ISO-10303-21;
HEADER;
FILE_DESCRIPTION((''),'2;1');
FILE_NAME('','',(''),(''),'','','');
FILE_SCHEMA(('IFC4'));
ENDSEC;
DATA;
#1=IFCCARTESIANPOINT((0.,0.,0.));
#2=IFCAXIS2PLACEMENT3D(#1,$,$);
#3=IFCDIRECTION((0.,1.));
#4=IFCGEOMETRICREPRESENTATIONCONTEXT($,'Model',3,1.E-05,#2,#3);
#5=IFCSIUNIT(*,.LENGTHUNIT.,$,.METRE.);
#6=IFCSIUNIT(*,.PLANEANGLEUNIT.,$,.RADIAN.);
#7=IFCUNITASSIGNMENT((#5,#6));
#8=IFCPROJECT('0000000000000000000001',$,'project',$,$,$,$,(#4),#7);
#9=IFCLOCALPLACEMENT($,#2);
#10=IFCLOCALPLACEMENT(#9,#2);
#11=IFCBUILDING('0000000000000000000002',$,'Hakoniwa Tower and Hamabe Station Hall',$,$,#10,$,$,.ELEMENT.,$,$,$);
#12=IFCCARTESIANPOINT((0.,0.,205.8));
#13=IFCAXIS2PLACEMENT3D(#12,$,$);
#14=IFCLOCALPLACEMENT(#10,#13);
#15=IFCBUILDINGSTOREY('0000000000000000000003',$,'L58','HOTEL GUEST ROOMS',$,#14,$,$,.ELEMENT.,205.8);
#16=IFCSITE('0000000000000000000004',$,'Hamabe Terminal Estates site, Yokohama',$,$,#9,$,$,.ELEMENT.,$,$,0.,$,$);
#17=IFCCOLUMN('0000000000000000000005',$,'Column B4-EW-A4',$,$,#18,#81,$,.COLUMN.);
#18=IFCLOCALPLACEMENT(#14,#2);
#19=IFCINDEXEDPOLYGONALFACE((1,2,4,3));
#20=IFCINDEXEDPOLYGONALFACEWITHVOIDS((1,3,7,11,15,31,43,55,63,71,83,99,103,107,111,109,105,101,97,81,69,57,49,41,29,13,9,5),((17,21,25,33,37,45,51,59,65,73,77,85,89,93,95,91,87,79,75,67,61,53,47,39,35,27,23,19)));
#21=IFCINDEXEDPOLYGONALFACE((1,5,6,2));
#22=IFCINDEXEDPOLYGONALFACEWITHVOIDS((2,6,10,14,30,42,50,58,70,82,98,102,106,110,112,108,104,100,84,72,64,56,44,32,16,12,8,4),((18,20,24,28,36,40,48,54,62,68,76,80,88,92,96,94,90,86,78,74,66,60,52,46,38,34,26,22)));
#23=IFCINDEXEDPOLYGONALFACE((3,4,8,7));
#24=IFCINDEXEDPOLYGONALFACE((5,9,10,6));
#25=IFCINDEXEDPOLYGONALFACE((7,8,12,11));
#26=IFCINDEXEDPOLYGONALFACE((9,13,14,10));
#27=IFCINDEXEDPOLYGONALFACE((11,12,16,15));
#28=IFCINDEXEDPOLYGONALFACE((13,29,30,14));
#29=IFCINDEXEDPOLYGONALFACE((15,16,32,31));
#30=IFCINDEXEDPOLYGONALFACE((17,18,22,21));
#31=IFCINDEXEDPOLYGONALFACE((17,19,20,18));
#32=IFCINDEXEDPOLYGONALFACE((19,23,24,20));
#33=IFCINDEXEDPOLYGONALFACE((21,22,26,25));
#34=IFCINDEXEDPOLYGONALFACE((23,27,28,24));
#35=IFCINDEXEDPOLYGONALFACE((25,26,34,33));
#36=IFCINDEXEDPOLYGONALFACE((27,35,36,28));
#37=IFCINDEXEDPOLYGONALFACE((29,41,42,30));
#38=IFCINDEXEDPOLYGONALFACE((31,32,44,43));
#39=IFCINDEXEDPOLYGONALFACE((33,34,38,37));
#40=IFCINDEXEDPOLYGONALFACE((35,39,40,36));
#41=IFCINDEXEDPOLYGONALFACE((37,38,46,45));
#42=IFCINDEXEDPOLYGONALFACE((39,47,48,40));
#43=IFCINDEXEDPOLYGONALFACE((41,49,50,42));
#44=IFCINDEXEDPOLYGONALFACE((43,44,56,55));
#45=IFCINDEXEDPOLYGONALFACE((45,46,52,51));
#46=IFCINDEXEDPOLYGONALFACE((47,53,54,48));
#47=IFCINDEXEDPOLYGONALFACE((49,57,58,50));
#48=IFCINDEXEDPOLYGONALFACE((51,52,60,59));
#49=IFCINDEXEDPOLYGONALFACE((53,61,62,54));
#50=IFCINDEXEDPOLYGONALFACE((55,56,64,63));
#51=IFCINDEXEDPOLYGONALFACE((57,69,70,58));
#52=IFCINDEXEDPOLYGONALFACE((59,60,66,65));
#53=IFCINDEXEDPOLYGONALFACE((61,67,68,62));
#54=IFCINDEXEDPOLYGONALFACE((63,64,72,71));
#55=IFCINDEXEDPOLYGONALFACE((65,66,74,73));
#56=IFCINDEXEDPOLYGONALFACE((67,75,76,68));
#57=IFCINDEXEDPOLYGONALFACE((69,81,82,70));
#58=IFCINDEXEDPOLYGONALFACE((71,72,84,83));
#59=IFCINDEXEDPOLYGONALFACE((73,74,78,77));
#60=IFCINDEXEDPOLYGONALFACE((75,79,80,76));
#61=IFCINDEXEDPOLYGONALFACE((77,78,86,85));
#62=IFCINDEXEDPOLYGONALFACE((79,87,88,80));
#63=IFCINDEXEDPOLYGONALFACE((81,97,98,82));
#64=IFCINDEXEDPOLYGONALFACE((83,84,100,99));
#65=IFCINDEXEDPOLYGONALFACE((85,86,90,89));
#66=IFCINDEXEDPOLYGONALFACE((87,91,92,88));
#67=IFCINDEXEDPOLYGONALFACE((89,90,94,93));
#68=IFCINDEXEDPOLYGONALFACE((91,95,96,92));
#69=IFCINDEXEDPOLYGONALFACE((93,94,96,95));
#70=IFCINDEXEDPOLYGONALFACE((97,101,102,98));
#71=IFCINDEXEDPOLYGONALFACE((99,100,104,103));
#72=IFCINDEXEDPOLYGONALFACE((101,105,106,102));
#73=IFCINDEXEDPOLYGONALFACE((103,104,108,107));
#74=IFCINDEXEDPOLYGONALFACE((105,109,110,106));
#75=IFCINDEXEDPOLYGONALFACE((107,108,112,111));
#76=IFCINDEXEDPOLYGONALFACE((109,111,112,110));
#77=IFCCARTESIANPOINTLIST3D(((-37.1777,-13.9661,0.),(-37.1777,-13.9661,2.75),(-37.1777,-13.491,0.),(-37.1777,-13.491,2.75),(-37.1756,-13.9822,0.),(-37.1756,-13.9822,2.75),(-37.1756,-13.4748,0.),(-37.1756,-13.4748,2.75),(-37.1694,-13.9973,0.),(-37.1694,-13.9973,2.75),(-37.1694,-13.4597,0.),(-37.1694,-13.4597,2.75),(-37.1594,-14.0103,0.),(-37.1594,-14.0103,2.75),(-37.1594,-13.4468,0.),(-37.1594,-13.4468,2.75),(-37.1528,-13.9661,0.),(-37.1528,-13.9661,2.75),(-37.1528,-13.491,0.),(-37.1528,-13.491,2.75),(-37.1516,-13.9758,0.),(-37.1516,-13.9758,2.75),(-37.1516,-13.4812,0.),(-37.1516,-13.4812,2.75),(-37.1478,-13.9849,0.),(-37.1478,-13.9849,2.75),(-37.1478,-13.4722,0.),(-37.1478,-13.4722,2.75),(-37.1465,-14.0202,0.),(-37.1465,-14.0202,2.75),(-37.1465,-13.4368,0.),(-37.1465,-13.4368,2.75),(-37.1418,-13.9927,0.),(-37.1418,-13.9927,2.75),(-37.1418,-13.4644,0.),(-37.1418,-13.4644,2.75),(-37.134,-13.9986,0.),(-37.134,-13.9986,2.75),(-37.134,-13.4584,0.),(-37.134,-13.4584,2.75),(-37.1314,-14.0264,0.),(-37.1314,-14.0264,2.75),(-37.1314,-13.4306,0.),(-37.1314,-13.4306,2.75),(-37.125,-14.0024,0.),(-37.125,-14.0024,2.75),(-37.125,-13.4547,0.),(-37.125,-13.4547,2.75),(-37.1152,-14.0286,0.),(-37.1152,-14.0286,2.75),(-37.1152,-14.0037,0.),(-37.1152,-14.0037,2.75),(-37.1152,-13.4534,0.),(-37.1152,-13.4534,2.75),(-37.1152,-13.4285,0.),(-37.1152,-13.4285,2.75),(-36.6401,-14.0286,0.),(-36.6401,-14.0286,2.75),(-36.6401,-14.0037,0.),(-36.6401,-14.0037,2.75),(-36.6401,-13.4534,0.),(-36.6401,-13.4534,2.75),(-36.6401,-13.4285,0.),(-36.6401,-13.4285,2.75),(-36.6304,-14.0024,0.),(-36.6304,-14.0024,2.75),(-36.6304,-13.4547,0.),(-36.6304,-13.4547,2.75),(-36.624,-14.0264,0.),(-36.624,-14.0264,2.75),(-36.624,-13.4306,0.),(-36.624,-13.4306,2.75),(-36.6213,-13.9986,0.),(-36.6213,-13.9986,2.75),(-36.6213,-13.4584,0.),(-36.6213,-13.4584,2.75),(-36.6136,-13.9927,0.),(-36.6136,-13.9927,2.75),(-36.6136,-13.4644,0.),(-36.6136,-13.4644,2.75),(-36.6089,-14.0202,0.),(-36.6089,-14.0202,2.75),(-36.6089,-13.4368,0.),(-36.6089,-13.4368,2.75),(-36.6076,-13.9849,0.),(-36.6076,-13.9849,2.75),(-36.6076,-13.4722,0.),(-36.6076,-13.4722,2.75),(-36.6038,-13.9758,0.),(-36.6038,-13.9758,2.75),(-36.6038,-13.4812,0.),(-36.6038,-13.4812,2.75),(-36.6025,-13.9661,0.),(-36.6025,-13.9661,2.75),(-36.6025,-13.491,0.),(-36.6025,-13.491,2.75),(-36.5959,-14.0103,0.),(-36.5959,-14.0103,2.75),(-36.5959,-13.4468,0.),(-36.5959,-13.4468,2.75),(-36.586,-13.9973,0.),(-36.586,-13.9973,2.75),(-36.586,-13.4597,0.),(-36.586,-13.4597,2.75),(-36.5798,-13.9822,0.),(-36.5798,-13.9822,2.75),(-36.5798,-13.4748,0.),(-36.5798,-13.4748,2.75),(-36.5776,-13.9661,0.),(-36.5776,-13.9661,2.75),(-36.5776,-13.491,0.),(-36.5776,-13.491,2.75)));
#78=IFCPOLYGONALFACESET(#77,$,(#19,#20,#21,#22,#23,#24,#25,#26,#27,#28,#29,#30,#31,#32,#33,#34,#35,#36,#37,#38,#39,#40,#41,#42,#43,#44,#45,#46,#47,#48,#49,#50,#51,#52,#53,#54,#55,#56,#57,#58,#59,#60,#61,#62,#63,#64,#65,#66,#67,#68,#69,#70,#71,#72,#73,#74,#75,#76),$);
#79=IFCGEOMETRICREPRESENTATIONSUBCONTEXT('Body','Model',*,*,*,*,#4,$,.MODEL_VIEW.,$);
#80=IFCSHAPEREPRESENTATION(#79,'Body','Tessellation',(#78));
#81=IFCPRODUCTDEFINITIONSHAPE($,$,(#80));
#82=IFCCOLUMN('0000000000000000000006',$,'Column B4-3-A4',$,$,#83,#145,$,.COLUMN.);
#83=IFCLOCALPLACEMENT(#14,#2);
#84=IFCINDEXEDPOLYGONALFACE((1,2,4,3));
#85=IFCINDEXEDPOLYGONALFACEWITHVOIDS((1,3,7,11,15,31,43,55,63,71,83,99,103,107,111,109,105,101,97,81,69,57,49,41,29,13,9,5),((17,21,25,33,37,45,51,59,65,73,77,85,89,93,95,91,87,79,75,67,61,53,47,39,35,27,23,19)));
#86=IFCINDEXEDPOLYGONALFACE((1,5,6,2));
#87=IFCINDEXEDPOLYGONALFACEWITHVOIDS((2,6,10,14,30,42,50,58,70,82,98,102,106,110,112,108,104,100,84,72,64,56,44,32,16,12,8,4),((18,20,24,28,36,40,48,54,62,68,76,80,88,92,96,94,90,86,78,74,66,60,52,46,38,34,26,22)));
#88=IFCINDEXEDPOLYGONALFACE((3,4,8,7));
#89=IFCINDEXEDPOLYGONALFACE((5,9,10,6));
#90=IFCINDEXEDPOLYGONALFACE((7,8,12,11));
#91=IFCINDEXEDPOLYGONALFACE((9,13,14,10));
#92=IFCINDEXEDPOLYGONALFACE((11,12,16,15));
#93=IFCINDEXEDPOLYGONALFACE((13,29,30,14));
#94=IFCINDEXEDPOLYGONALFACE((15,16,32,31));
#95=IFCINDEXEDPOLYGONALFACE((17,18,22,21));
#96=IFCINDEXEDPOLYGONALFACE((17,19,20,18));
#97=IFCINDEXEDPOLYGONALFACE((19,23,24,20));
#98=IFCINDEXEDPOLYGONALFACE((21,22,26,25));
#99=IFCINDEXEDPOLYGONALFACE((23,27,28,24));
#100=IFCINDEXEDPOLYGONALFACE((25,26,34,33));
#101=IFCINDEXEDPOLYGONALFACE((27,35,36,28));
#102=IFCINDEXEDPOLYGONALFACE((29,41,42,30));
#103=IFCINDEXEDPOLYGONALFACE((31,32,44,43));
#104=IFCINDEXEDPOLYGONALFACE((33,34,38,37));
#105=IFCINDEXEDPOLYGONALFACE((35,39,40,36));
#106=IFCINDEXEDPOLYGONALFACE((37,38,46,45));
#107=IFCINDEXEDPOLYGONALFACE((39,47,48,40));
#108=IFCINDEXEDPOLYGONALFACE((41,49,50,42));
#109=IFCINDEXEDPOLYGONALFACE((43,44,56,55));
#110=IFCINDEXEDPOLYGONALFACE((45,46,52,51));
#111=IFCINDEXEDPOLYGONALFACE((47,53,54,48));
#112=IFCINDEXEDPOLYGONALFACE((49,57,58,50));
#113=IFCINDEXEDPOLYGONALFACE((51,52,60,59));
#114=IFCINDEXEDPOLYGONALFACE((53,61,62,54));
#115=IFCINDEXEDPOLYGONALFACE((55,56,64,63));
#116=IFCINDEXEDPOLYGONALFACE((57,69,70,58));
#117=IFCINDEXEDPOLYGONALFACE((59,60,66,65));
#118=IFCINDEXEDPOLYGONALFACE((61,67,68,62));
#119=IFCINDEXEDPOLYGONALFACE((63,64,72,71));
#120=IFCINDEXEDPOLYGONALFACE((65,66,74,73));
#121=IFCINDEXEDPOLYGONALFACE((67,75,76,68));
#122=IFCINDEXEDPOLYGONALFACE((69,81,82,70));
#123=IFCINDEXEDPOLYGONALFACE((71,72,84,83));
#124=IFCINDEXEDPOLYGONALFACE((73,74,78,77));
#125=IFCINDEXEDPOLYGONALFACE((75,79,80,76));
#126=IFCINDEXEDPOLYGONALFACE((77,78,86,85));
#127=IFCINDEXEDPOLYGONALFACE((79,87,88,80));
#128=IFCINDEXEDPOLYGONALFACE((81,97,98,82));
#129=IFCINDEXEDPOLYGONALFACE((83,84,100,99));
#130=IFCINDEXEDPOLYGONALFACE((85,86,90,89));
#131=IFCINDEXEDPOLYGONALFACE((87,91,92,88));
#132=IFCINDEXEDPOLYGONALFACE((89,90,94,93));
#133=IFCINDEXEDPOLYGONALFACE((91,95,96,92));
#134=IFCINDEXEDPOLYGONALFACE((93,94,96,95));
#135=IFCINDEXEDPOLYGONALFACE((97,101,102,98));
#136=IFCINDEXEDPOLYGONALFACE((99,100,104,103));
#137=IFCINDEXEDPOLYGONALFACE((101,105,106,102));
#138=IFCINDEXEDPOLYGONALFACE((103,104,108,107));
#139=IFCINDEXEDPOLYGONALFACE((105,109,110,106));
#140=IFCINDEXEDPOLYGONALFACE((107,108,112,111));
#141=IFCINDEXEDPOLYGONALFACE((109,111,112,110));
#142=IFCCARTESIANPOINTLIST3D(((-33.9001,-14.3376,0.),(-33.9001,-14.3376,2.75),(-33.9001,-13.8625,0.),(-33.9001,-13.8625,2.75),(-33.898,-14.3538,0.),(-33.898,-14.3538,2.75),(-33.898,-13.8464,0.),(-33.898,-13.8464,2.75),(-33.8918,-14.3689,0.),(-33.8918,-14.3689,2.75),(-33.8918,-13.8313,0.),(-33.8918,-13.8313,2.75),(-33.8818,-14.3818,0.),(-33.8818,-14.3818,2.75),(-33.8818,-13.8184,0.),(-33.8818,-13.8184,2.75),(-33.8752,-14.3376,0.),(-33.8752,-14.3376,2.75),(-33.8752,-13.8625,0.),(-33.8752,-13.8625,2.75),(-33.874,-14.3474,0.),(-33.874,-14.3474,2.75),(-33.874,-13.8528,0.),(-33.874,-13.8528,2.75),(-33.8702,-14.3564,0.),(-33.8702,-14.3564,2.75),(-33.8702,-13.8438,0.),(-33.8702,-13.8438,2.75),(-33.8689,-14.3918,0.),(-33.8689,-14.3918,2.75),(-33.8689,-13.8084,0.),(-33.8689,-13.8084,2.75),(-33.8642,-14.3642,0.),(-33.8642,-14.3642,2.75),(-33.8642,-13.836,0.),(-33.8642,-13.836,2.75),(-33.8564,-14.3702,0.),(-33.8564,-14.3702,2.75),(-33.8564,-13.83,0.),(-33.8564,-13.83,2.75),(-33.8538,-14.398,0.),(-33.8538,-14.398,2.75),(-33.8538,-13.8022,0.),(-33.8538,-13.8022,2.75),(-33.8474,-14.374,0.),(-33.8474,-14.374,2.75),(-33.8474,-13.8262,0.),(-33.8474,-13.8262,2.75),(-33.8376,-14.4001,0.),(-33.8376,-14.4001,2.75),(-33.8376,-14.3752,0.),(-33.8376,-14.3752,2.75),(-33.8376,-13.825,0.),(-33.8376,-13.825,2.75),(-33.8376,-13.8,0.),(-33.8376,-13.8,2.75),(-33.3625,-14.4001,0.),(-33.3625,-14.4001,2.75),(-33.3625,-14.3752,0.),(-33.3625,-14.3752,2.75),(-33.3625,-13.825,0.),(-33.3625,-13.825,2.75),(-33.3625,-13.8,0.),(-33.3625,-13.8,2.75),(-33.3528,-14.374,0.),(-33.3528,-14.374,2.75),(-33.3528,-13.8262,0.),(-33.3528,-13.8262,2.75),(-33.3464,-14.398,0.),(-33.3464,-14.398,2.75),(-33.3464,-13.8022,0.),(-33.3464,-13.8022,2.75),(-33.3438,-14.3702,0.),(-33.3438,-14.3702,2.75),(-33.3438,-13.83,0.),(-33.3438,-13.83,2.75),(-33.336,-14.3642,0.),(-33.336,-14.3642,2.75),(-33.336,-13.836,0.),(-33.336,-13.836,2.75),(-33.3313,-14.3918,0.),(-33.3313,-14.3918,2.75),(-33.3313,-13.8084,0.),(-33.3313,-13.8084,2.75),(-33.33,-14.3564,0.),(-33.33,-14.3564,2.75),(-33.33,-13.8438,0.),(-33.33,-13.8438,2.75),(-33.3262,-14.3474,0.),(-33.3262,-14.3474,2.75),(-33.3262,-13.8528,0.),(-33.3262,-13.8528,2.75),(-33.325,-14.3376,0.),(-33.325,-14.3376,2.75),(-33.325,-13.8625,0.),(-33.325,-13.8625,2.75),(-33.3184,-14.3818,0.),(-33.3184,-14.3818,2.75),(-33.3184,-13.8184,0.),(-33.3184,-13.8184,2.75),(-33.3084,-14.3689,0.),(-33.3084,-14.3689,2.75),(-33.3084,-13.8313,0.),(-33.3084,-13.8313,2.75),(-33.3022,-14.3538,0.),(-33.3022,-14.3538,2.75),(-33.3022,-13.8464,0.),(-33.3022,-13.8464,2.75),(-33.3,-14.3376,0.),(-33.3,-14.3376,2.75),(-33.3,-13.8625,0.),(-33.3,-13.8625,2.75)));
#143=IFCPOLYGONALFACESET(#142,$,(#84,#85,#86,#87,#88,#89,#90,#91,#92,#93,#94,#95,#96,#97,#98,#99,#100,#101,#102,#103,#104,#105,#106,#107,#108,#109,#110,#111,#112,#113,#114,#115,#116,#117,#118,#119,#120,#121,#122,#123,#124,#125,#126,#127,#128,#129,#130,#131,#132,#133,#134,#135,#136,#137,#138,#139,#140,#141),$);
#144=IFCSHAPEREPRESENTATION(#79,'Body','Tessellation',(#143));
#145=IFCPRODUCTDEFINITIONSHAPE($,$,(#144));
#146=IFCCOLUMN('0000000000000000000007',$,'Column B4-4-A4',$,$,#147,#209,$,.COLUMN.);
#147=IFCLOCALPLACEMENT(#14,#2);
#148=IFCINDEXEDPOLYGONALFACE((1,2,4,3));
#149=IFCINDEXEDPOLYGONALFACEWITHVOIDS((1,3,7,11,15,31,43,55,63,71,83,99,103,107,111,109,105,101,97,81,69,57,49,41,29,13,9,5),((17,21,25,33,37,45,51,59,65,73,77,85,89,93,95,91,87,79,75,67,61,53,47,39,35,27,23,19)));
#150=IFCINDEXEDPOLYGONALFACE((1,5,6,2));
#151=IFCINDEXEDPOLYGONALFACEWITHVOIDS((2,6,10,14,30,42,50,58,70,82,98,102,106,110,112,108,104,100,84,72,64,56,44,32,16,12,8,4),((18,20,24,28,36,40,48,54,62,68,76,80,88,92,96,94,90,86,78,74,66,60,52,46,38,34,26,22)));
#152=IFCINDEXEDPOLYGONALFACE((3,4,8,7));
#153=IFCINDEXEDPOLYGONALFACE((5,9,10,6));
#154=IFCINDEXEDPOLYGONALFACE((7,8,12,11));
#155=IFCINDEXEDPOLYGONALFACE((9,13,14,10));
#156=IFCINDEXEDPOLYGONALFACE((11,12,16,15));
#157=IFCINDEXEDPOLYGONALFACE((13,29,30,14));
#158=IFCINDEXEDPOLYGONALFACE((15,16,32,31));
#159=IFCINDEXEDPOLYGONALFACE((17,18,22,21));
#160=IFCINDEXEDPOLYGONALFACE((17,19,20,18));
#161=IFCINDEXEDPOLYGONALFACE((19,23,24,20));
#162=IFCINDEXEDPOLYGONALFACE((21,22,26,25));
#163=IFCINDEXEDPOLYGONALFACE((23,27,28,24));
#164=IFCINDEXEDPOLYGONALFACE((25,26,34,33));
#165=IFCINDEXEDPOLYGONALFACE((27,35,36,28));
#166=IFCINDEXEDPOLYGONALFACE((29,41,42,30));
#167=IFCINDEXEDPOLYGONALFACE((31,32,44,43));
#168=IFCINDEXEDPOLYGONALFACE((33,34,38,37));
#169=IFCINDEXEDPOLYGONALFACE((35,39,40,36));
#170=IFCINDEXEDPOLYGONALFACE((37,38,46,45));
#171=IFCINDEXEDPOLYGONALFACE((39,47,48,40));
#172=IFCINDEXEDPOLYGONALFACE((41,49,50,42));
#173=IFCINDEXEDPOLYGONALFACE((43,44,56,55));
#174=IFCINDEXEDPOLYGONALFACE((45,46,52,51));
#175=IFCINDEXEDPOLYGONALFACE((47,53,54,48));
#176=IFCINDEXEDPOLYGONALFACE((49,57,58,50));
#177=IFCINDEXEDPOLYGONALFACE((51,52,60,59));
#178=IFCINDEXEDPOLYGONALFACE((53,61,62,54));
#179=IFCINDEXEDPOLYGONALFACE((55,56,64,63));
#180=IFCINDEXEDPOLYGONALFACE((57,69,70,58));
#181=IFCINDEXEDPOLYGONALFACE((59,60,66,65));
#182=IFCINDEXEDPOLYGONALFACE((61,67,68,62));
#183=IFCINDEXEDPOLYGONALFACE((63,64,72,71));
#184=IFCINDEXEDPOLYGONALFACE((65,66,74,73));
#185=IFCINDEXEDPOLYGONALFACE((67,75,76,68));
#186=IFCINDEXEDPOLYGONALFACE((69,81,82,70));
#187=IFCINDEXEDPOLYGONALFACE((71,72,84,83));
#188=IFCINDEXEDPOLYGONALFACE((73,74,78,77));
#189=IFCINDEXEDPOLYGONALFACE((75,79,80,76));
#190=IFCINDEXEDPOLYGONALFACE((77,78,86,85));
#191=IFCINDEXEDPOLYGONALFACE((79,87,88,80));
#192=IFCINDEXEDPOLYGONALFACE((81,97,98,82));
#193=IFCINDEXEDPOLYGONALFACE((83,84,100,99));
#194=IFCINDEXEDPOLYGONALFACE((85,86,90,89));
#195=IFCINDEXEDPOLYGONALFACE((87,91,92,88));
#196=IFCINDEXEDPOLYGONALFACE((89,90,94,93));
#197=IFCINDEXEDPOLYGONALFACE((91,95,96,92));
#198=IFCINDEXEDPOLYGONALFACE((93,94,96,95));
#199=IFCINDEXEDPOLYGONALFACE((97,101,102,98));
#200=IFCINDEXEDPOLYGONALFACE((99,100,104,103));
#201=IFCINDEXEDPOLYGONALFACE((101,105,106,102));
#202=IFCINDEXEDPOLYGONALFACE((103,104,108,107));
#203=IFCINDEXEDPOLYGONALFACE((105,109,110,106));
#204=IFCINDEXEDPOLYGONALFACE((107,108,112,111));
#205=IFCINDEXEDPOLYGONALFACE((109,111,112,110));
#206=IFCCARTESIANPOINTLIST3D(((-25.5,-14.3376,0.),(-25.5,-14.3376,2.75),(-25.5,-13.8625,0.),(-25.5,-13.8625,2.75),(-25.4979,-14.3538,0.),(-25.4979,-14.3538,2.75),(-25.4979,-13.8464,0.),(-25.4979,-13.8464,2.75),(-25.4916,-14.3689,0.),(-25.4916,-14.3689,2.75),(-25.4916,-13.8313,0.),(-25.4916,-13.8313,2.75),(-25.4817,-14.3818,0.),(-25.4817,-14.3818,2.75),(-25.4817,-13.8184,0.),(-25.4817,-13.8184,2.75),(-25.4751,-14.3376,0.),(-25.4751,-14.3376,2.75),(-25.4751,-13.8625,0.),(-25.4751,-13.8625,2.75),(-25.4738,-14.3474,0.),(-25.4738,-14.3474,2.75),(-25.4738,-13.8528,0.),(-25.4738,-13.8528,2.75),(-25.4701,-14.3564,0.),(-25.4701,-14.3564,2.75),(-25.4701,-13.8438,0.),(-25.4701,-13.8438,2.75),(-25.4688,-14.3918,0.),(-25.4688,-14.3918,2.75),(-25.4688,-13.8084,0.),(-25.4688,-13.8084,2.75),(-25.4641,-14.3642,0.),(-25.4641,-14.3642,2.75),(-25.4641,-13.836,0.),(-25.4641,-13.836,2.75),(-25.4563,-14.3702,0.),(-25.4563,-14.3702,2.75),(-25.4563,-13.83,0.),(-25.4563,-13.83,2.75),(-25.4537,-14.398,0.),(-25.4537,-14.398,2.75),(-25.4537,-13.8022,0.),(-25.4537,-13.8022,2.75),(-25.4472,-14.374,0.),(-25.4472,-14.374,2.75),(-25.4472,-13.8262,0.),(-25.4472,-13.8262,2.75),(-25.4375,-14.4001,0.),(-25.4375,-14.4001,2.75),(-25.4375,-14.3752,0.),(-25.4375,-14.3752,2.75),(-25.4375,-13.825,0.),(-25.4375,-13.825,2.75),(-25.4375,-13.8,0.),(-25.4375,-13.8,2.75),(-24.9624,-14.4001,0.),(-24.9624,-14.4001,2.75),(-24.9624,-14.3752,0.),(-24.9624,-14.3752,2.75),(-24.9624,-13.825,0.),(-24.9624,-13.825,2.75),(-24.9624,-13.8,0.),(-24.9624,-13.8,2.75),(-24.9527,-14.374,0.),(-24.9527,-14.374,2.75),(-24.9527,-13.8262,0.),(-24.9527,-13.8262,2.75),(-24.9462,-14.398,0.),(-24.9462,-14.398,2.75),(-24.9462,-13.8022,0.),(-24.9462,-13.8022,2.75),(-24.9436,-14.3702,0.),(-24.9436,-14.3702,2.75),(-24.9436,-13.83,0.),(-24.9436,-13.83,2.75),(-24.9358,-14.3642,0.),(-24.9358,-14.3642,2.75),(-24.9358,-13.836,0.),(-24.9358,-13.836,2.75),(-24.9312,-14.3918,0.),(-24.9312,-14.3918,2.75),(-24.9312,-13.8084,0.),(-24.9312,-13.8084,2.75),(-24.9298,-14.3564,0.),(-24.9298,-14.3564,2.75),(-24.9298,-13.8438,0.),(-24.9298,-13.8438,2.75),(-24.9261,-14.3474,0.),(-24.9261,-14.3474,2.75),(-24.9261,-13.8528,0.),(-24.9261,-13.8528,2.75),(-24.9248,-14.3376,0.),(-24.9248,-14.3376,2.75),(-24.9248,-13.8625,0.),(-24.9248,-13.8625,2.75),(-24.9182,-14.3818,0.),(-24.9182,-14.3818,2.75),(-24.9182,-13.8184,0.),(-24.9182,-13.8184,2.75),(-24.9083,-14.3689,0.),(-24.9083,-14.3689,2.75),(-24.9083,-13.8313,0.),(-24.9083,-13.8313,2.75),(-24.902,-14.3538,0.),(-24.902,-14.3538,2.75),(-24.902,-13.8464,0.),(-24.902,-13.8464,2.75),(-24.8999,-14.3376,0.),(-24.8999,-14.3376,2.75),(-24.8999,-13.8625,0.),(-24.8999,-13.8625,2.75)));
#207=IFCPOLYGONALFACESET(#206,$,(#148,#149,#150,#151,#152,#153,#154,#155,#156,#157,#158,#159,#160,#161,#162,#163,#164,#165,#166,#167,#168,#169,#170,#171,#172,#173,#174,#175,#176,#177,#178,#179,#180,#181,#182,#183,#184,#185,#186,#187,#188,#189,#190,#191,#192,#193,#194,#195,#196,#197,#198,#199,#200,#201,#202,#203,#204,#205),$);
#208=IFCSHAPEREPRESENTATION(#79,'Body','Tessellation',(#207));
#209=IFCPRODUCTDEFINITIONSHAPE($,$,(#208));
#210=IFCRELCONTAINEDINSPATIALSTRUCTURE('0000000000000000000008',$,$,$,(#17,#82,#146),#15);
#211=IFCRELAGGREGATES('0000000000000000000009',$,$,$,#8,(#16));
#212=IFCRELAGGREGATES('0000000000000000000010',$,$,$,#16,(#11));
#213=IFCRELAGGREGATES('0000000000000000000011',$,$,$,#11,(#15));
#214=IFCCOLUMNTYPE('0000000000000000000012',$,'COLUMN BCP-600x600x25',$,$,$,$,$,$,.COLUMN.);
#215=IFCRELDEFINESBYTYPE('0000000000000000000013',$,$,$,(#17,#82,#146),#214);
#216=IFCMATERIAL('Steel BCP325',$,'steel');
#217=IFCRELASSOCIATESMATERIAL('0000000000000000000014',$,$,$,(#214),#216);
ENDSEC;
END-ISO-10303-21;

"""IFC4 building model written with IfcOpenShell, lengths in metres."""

from ifc_helpers import new_model, si_unit, direction, frame, origin, origin_2d, place, context, subcontext, project, spatial, hollow_rectangle, extrude, material, material_profile, profile_set, type_object, element, save


model = new_model("IFC4")

# Units and contexts
model_context = context("Model", 3, precision=1e-05, world=origin(), true_north=direction((0.0, 1.0)))
body_context = subcontext(model_context, "Body", "Model", "MODEL_VIEW")
ifc_project = project(units=[si_unit("LENGTHUNIT", "METRE"), si_unit("PLANEANGLEUNIT", "RADIAN")], contexts=[model_context])

# Site, building, storey
site_placement = place(None, origin())
site = spatial("IfcSite", under=ifc_project, at=site_placement, Name="Hamabe Terminal Estates site, Yokohama", CompositionType="ELEMENT", RefElevation=0.0)
building_placement = place(site_placement, origin())
building = spatial("IfcBuilding", under=site, at=building_placement, Name="Hakoniwa Tower and Hamabe Station Hall", CompositionType="ELEMENT")
storey_placement = place(building_placement, frame((0.0, 0.0, 205.8)))
storey = spatial("IfcBuildingStorey", under=building, at=storey_placement, Name="L58", Description="HOTEL GUEST ROOMS", CompositionType="ELEMENT", Elevation=205.8)

# Columns
ifc_material_1 = material(Name="Steel BCP325", Category="steel")
ifc_material_profile_1 = material_profile(ifc_material_1, hollow_rectangle(XDim=0.6001, YDim=0.6001, WallThickness=0.0249, InnerFilletRadius=0.0376, OuterFilletRadius=0.0625, at=origin_2d()), Name="BCP-600x600x25")
ifc_profile_set_1 = profile_set([ifc_material_profile_1], Name="Steel BCP325")
column_type = type_object("IfcColumnType", Name="COLUMN BCP-600x600x25", PredefinedType="COLUMN", material=ifc_profile_set_1)
for number, where, z_axis, x_axis, name in (
    (1, (-36.8777, -13.7285, 0.0), (0.0, 0.0, 1.0), (1.0, 0.0, 0.0), "Column B4-EW-A4"),
    (2, (-33.6001, -14.1001, 0.0), (0.0, 0.0, 1.0), (1.0, 0.0, 0.0), "Column B4-3-A4"),
    (3, (-25.2, -14.1001, 0.0), (0.0, 0.0, 1.0), (1.0, 0.0, 0.0), "Column B4-4-A4"),
):
    element("IfcColumn", number, at=place(storey_placement, frame(where, z_axis=z_axis, x_axis=x_axis)), inside=storey, type_object=column_type, Name=name, PredefinedType="COLUMN", context=body_context, shape_type="SweptSolid", body=[
        extrude(hollow_rectangle(XDim=0.6001, YDim=0.6001, WallThickness=0.0249, InnerFilletRadius=0.0376, OuterFilletRadius=0.0625, at=origin_2d()), origin(), (0.0, 0.0, 1.0), 2.75),
    ])

save(model, "model.ifc")
